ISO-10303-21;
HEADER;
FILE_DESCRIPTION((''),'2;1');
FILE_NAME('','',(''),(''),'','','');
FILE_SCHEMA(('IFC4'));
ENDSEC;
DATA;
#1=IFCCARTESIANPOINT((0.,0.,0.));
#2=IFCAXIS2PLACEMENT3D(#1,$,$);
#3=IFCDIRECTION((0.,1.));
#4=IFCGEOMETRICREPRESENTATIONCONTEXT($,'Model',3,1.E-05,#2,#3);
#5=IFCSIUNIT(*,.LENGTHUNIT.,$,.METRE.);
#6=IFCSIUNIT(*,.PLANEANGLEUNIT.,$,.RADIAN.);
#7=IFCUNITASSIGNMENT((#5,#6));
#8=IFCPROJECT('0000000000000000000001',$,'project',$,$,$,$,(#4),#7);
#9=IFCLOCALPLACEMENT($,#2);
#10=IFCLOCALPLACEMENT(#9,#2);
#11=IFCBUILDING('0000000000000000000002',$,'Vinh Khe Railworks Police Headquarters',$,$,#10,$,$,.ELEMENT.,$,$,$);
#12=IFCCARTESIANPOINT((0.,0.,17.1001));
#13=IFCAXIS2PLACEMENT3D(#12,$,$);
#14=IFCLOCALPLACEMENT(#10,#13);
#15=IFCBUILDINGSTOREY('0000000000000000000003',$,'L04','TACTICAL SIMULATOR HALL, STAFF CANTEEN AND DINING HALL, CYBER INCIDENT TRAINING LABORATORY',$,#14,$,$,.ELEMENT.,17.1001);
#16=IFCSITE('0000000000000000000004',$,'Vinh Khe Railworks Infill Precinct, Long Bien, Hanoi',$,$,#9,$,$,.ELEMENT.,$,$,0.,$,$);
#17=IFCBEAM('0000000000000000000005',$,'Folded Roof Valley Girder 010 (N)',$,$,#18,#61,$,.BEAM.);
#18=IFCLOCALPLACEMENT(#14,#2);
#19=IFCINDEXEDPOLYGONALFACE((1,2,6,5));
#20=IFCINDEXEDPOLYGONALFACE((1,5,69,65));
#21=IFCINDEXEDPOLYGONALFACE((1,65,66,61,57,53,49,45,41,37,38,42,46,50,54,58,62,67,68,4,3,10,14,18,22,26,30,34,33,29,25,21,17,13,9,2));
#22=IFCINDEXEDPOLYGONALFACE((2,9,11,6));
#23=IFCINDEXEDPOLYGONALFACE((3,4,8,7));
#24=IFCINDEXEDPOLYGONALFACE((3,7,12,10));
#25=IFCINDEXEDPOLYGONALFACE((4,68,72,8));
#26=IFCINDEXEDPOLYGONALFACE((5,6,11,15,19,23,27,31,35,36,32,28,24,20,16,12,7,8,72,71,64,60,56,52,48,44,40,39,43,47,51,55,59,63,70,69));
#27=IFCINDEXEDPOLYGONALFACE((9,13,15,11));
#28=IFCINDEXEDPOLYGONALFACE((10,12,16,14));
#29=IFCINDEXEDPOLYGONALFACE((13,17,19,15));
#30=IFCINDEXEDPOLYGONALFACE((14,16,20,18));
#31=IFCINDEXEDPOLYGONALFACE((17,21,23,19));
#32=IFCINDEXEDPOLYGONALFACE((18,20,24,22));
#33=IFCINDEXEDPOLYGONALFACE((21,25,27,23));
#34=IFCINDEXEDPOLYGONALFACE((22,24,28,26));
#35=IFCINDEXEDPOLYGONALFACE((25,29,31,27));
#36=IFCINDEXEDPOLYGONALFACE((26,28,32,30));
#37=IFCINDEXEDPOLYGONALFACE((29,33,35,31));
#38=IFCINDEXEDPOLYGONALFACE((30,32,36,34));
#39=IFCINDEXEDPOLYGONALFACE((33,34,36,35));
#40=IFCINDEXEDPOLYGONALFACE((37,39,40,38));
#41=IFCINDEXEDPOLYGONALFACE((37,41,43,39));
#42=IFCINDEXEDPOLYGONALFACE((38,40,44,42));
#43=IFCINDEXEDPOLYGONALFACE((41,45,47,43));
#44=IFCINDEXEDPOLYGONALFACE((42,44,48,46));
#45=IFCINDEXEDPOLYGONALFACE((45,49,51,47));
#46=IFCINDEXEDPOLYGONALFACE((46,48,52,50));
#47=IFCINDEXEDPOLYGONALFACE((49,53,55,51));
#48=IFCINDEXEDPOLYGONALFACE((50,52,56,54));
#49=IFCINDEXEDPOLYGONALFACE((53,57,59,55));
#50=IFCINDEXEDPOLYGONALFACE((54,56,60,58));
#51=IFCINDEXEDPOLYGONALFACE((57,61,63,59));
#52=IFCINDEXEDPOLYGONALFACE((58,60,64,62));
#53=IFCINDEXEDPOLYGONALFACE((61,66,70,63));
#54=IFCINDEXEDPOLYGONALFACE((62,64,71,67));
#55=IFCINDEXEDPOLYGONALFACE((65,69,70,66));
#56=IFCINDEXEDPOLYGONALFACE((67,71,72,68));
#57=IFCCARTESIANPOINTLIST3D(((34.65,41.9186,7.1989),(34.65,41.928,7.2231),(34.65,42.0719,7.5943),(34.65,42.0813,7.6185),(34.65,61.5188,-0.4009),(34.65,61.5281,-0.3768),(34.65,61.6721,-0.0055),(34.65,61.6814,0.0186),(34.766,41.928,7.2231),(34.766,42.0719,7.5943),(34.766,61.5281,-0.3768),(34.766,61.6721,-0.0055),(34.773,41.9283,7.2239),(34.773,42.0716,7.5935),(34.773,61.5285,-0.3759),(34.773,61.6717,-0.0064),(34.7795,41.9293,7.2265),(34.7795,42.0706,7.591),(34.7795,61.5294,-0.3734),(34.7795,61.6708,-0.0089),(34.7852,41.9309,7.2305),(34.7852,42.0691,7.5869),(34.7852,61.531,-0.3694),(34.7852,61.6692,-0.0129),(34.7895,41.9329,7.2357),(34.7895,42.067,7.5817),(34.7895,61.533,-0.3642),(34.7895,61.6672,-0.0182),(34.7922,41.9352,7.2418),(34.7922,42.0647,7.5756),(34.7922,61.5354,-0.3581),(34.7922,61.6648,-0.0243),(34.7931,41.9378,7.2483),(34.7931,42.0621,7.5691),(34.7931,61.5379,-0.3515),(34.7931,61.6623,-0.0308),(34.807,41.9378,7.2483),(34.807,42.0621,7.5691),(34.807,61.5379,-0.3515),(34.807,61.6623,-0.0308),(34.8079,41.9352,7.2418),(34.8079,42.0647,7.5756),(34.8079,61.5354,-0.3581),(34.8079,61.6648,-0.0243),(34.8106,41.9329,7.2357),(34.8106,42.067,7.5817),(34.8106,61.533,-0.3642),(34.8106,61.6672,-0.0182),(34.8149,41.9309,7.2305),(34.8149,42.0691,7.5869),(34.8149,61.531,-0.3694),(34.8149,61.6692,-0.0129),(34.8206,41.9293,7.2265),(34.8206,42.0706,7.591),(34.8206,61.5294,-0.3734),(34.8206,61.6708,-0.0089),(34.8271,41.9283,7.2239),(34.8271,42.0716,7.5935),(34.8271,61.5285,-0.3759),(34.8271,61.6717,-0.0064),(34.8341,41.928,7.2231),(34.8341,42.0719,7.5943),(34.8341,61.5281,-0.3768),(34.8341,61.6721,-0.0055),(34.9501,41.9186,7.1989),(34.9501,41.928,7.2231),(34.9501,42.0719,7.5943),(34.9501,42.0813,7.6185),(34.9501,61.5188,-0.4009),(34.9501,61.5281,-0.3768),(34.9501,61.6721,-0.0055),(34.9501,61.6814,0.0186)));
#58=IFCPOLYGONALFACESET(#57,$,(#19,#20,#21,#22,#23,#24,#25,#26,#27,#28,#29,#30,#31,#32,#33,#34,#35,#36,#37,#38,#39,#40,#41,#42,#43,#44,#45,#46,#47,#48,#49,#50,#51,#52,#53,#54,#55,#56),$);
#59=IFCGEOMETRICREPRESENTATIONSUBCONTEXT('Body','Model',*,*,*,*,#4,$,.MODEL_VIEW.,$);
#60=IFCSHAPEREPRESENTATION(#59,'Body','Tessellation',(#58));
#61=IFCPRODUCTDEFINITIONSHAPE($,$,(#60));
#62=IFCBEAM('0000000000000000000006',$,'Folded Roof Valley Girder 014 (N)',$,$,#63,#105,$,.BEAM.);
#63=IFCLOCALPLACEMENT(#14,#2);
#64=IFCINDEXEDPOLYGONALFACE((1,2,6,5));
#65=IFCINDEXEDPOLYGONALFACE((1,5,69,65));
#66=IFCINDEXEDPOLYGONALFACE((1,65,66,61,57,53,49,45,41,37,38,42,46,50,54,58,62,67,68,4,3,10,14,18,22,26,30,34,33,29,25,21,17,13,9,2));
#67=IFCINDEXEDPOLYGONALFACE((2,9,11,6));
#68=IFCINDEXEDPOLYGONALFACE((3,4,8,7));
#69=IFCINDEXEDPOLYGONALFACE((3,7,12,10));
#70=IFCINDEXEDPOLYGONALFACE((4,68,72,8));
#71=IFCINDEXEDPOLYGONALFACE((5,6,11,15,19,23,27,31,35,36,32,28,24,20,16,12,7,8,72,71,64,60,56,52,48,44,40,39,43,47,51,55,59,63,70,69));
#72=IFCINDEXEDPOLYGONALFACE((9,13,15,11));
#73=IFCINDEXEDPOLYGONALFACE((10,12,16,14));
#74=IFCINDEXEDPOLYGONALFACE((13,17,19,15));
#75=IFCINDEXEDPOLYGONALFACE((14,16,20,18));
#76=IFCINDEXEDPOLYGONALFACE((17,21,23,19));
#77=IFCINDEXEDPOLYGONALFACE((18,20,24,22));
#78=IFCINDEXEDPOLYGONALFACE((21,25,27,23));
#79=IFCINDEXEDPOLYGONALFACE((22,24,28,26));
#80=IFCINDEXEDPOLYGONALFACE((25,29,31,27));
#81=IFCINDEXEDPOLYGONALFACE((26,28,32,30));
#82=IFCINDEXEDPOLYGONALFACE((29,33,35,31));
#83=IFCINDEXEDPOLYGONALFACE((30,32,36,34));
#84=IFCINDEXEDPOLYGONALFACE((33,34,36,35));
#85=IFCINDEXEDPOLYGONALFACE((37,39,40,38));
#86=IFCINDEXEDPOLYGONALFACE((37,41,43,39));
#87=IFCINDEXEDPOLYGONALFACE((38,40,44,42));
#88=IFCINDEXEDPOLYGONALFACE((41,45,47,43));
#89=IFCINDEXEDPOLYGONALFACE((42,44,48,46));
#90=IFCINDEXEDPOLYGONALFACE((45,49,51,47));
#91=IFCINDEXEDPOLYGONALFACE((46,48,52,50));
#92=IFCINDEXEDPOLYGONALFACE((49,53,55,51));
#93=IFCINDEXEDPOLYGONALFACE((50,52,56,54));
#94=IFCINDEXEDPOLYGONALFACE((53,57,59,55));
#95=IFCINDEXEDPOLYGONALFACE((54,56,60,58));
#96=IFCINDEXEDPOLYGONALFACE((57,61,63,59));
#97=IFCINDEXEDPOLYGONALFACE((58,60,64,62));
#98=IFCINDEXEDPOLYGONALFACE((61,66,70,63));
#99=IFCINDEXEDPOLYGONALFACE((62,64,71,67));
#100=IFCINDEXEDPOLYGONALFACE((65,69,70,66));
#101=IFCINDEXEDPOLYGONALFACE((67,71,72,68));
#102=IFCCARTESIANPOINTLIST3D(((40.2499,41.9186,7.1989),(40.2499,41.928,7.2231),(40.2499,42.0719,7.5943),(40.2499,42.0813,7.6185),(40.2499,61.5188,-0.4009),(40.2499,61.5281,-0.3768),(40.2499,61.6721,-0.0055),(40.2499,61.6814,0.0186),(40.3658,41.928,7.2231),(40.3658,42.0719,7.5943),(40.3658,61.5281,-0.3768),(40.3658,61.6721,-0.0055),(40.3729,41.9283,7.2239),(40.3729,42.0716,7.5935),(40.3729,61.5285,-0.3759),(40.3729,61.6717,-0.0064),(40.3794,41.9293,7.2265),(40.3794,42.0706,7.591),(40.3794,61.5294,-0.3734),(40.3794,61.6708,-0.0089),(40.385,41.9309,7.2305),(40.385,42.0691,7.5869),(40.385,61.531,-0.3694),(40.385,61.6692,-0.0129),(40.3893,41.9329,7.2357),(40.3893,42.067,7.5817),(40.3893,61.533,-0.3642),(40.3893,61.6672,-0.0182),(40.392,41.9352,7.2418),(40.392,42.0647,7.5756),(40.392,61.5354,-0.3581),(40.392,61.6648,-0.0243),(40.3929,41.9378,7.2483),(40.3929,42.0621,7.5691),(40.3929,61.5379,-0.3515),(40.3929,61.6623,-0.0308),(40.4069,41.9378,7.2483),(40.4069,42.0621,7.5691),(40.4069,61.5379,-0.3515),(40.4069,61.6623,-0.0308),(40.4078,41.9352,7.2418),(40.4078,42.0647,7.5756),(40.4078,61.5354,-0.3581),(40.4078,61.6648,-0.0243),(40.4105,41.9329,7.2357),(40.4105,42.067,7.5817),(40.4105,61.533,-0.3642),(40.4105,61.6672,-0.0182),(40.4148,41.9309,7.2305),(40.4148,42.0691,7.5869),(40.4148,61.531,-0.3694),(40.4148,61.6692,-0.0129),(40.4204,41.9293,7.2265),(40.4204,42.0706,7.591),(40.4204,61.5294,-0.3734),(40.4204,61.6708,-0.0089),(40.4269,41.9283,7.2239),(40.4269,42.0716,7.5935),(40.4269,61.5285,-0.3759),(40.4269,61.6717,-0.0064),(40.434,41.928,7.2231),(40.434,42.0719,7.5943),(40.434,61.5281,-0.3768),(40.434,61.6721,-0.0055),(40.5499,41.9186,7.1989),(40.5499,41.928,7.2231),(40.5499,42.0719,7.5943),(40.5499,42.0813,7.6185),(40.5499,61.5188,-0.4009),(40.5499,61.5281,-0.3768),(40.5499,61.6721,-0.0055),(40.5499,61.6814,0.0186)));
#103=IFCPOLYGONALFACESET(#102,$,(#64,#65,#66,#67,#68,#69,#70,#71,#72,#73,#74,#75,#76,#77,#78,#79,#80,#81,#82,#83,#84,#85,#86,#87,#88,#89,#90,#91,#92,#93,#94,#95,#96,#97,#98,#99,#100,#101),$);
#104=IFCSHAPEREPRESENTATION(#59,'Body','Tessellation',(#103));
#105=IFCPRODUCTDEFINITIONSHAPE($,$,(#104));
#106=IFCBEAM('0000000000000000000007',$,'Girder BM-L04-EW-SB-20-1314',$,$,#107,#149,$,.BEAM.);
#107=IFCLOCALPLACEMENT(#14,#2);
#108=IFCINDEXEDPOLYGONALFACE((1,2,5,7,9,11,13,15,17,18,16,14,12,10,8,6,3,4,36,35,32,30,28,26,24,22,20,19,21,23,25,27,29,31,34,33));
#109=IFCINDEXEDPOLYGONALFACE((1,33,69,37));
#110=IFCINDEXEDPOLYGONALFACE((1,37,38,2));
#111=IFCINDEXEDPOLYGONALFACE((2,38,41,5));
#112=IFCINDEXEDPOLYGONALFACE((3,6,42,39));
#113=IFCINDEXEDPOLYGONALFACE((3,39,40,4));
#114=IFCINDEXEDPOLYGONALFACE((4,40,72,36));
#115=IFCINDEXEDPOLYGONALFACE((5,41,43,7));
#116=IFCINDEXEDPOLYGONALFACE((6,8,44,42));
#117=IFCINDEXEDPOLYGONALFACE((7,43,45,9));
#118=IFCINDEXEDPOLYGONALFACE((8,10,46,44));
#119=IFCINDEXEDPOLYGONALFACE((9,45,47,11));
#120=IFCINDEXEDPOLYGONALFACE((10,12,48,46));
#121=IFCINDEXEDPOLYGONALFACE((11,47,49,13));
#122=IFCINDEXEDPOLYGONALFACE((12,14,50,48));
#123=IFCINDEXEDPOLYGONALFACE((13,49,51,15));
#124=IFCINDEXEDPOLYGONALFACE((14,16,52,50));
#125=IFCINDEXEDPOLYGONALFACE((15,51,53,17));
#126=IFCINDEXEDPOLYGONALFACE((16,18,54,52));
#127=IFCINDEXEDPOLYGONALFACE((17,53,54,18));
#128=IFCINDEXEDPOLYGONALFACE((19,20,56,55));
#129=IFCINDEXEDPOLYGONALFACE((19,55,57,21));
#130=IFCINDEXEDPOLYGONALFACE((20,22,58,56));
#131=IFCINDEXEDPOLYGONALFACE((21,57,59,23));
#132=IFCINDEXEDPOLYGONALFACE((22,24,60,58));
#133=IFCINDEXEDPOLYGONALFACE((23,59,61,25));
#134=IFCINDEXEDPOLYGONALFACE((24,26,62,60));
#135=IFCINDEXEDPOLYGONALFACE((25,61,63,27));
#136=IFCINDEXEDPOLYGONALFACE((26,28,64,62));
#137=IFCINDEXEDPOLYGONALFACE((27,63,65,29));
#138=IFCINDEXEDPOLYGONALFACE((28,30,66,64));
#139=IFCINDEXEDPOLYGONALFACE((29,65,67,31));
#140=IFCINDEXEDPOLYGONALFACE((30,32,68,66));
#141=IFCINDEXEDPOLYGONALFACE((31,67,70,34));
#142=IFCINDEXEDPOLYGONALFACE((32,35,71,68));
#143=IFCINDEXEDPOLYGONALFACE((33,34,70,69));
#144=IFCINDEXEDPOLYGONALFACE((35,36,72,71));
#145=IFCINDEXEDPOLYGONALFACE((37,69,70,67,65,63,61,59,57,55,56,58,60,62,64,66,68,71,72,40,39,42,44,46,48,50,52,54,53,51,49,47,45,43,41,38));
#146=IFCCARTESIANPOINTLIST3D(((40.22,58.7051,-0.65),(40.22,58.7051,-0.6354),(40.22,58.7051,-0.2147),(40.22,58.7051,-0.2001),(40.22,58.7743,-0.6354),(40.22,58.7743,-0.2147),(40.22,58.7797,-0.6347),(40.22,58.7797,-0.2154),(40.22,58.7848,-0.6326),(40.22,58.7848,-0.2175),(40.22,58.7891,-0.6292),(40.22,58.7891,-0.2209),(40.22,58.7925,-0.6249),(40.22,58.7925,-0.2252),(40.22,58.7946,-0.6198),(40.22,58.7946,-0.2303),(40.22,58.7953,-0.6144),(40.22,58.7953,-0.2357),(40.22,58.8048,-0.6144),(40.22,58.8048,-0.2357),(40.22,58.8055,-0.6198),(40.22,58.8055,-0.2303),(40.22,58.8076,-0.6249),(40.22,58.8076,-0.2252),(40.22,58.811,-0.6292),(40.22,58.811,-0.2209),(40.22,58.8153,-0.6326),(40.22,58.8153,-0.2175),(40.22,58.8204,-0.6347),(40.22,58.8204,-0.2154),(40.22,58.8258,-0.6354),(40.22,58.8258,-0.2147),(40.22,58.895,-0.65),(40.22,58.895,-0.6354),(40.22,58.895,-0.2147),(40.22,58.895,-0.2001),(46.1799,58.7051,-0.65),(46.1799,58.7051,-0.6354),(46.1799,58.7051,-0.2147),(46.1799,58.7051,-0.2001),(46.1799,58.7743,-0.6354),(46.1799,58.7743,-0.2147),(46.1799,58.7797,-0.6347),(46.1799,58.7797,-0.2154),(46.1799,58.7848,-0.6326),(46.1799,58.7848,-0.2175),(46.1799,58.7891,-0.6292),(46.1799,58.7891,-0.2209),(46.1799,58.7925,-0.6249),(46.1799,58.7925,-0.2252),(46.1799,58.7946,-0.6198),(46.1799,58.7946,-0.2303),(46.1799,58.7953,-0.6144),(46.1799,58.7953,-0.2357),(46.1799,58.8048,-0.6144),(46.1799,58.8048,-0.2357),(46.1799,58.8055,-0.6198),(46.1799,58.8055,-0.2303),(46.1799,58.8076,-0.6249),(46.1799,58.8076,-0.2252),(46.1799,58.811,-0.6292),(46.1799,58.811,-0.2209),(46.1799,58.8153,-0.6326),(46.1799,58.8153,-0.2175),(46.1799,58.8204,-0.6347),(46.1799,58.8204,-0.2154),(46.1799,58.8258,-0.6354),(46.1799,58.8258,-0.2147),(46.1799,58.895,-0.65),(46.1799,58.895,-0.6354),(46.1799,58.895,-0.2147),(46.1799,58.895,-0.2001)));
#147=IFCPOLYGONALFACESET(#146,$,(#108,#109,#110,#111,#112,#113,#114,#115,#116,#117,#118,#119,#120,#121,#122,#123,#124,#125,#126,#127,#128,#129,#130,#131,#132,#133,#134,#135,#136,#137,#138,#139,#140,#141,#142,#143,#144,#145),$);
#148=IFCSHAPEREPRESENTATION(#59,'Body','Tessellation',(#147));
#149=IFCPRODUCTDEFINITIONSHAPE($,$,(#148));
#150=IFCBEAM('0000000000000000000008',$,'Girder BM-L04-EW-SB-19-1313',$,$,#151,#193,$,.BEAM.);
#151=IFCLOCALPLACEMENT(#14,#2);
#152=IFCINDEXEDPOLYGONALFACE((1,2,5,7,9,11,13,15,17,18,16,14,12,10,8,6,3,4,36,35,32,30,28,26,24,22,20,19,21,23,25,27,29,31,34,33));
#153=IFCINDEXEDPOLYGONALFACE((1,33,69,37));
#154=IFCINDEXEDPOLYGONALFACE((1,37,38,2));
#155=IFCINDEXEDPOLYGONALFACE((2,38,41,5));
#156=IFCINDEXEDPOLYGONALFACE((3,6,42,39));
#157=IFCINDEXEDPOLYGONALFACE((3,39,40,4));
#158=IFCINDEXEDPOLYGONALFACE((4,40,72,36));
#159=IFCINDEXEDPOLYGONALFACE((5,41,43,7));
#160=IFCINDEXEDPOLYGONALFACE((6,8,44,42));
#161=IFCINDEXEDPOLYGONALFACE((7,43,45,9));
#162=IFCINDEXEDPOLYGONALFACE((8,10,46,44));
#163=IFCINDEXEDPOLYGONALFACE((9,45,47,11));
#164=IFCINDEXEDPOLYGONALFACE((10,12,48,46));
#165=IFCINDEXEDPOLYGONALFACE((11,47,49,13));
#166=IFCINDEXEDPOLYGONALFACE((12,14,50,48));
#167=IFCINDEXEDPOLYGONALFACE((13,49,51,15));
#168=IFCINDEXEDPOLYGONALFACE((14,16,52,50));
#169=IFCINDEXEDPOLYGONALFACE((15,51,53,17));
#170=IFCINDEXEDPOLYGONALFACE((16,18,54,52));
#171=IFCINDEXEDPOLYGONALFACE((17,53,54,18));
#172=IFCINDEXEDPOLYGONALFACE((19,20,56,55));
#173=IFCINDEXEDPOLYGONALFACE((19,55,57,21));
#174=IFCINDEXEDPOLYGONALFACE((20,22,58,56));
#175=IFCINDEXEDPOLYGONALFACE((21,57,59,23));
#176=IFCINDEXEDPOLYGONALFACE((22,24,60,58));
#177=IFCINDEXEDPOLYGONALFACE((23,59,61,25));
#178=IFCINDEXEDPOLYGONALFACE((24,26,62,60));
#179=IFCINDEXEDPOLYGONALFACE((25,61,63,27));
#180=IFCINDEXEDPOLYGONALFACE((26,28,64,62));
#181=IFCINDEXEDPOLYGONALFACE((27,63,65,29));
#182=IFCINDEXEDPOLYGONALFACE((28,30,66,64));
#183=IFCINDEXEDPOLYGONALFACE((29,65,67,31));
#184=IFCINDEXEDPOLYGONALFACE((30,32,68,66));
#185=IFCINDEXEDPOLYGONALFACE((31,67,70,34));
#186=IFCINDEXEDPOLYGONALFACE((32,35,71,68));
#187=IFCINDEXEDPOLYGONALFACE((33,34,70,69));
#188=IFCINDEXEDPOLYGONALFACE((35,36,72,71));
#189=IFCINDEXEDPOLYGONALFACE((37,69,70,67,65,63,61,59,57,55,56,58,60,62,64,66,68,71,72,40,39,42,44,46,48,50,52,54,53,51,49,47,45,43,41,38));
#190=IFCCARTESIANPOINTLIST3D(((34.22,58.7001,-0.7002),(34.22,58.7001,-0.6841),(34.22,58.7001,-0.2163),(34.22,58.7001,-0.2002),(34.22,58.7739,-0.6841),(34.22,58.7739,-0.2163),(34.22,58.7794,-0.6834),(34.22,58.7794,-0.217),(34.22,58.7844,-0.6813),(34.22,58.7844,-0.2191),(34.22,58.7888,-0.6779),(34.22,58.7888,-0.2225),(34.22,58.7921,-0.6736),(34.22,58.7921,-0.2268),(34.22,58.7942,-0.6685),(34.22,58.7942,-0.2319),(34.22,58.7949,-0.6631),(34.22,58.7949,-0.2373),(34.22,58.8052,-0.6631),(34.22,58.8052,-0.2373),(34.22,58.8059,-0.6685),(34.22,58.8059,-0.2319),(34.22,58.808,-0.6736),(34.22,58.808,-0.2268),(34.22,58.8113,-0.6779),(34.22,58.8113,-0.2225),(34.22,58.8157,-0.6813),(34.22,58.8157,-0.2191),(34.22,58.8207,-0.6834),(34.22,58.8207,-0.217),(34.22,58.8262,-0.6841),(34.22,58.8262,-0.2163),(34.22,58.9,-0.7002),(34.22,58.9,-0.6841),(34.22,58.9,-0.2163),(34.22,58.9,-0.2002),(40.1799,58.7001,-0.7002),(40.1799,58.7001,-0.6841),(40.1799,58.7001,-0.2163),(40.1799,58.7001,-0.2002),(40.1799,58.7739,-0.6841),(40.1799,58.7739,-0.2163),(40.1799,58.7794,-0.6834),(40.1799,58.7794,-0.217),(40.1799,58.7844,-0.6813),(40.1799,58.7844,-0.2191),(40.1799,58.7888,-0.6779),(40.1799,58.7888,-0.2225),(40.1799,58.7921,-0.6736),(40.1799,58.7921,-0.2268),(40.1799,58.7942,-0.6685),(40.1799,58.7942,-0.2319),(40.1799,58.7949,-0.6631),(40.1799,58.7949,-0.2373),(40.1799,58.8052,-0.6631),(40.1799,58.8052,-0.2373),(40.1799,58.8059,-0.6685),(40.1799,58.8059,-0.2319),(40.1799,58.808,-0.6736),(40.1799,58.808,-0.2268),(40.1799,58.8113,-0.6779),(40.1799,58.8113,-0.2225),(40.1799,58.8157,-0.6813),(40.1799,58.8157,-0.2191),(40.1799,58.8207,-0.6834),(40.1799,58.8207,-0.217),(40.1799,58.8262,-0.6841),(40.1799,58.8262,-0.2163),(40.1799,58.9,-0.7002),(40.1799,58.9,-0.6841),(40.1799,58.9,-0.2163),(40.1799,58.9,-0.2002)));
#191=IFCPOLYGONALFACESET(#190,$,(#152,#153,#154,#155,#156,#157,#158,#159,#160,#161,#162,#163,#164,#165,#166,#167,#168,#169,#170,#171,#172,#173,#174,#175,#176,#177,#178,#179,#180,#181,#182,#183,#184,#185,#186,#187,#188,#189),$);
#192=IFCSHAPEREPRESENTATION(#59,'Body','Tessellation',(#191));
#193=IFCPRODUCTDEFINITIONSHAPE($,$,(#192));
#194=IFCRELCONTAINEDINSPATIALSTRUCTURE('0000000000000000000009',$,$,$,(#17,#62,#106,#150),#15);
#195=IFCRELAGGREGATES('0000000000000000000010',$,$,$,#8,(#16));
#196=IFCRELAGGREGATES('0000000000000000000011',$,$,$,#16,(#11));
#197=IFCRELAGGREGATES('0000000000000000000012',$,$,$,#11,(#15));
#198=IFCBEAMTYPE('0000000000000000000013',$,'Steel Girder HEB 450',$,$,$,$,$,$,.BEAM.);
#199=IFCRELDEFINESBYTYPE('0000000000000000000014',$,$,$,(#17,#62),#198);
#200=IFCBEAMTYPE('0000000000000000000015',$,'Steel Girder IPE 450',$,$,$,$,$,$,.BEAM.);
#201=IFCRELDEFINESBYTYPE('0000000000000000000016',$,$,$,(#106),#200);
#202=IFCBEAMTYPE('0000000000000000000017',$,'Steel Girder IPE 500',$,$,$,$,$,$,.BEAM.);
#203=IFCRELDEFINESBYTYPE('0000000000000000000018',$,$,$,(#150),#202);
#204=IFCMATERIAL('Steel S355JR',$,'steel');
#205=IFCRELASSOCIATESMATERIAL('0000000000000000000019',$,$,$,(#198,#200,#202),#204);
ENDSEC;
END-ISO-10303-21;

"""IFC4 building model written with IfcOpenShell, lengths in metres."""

from ifc_helpers import new_model, si_unit, direction, frame, origin, origin_2d, place, context, subcontext, project, spatial, i_section, extrude, material, material_profile, profile_set, type_object, element, save


model = new_model("IFC4")

# Units and contexts
model_context = context("Model", 3, precision=1e-05, world=origin(), true_north=direction((0.0, 1.0)))
body_context = subcontext(model_context, "Body", "Model", "MODEL_VIEW")
ifc_project = project(units=[si_unit("LENGTHUNIT", "METRE"), si_unit("PLANEANGLEUNIT", "RADIAN")], contexts=[model_context])

# Site, building, storey
site_placement = place(None, origin())
site = spatial("IfcSite", under=ifc_project, at=site_placement, Name="Vinh Khe Railworks Infill Precinct, Long Bien, Hanoi", CompositionType="ELEMENT", RefElevation=0.0)
building_placement = place(site_placement, origin())
building = spatial("IfcBuilding", under=site, at=building_placement, Name="Vinh Khe Railworks Police Headquarters", CompositionType="ELEMENT")
storey_placement = place(building_placement, frame((0.0, 0.0, 17.1001)))
storey = spatial("IfcBuildingStorey", under=building, at=storey_placement, Name="L04", Description="TACTICAL SIMULATOR HALL, STAFF CANTEEN AND DINING HALL, CYBER INCIDENT TRAINING LABORATORY", CompositionType="ELEMENT", Elevation=17.1001)

# Shared definitions
ifc_material_1 = material(Name="Steel S355JR", Category="steel")

# Beams
ifc_material_profile_1 = material_profile(ifc_material_1, i_section(OverallWidth=0.3, OverallDepth=0.45, WebThickness=0.0139, FlangeThickness=0.0259, FilletRadius=0.0271, at=origin_2d()), Name="HEB 450")
ifc_profile_set_1 = profile_set([ifc_material_profile_1], Name="Steel S355JR")
beam_type_1 = type_object("IfcBeamType", Name="Steel Girder HEB 450", PredefinedType="BEAM", material=ifc_profile_set_1)
for number, where, z_axis, x_axis, name in (
    (1, (34.8, 61.6001, -0.1912), (0.0, -0.932364, 0.36152), (1.0, 0.0, 0.0), "Folded Roof Valley Girder 010 (N)"),
    (2, (40.3999, 61.6001, -0.1912), (0.0, -0.932364, 0.36152), (1.0, 0.0, 0.0), "Folded Roof Valley Girder 014 (N)"),
):
    element("IfcBeam", number, at=place(storey_placement, frame(where, z_axis=z_axis, x_axis=x_axis)), inside=storey, type_object=beam_type_1, Name=name, PredefinedType="BEAM", context=body_context, shape_type="SweptSolid", body=[
        extrude(i_section(OverallWidth=0.3, OverallDepth=0.45, WebThickness=0.0139, FlangeThickness=0.0259, FilletRadius=0.0271, at=origin_2d()), origin(), (0.0, 0.0, 1.0), 21.022),
    ])
ifc_material_profile_2 = material_profile(ifc_material_1, i_section(OverallWidth=0.1899, OverallDepth=0.45, WebThickness=0.0095, FlangeThickness=0.0146, FilletRadius=0.021, at=origin_2d()), Name="IPE 450")
ifc_profile_set_2 = profile_set([ifc_material_profile_2], Name="Steel S355JR")
beam_type_2 = type_object("IfcBeamType", Name="Steel Girder IPE 450", PredefinedType="BEAM", material=ifc_profile_set_2)
beam_1_placement = place(storey_placement, frame((40.22, 58.8, -0.425), z_axis=(1.0, 0.0, 0.0), x_axis=(0.0, 1.0, 0.0)))
element("IfcBeam", 3, at=beam_1_placement, inside=storey, type_object=beam_type_2, Name="Girder BM-L04-EW-SB-20-1314", PredefinedType="BEAM", context=body_context, shape_type="SweptSolid", body=[
    extrude(i_section(OverallWidth=0.1899, OverallDepth=0.45, WebThickness=0.0095, FlangeThickness=0.0146, FilletRadius=0.021, at=origin_2d()), origin(), (0.0, 0.0, 1.0), 5.96),
])
ifc_material_profile_3 = material_profile(ifc_material_1, i_section(OverallWidth=0.2, OverallDepth=0.5, WebThickness=0.0103, FlangeThickness=0.0161, FilletRadius=0.021, at=origin_2d()), Name="IPE 500")
ifc_profile_set_3 = profile_set([ifc_material_profile_3], Name="Steel S355JR")
beam_type_3 = type_object("IfcBeamType", Name="Steel Girder IPE 500", PredefinedType="BEAM", material=ifc_profile_set_3)
beam_2_placement = place(storey_placement, frame((34.22, 58.8, -0.4502), z_axis=(1.0, 0.0, 0.0), x_axis=(0.0, 1.0, 0.0)))
element("IfcBeam", 4, at=beam_2_placement, inside=storey, type_object=beam_type_3, Name="Girder BM-L04-EW-SB-19-1313", PredefinedType="BEAM", context=body_context, shape_type="SweptSolid", body=[
    extrude(i_section(OverallWidth=0.2, OverallDepth=0.5, WebThickness=0.0103, FlangeThickness=0.0161, FilletRadius=0.021, at=origin_2d()), origin(), (0.0, 0.0, 1.0), 5.96),
])

save(model, "model.ifc")
